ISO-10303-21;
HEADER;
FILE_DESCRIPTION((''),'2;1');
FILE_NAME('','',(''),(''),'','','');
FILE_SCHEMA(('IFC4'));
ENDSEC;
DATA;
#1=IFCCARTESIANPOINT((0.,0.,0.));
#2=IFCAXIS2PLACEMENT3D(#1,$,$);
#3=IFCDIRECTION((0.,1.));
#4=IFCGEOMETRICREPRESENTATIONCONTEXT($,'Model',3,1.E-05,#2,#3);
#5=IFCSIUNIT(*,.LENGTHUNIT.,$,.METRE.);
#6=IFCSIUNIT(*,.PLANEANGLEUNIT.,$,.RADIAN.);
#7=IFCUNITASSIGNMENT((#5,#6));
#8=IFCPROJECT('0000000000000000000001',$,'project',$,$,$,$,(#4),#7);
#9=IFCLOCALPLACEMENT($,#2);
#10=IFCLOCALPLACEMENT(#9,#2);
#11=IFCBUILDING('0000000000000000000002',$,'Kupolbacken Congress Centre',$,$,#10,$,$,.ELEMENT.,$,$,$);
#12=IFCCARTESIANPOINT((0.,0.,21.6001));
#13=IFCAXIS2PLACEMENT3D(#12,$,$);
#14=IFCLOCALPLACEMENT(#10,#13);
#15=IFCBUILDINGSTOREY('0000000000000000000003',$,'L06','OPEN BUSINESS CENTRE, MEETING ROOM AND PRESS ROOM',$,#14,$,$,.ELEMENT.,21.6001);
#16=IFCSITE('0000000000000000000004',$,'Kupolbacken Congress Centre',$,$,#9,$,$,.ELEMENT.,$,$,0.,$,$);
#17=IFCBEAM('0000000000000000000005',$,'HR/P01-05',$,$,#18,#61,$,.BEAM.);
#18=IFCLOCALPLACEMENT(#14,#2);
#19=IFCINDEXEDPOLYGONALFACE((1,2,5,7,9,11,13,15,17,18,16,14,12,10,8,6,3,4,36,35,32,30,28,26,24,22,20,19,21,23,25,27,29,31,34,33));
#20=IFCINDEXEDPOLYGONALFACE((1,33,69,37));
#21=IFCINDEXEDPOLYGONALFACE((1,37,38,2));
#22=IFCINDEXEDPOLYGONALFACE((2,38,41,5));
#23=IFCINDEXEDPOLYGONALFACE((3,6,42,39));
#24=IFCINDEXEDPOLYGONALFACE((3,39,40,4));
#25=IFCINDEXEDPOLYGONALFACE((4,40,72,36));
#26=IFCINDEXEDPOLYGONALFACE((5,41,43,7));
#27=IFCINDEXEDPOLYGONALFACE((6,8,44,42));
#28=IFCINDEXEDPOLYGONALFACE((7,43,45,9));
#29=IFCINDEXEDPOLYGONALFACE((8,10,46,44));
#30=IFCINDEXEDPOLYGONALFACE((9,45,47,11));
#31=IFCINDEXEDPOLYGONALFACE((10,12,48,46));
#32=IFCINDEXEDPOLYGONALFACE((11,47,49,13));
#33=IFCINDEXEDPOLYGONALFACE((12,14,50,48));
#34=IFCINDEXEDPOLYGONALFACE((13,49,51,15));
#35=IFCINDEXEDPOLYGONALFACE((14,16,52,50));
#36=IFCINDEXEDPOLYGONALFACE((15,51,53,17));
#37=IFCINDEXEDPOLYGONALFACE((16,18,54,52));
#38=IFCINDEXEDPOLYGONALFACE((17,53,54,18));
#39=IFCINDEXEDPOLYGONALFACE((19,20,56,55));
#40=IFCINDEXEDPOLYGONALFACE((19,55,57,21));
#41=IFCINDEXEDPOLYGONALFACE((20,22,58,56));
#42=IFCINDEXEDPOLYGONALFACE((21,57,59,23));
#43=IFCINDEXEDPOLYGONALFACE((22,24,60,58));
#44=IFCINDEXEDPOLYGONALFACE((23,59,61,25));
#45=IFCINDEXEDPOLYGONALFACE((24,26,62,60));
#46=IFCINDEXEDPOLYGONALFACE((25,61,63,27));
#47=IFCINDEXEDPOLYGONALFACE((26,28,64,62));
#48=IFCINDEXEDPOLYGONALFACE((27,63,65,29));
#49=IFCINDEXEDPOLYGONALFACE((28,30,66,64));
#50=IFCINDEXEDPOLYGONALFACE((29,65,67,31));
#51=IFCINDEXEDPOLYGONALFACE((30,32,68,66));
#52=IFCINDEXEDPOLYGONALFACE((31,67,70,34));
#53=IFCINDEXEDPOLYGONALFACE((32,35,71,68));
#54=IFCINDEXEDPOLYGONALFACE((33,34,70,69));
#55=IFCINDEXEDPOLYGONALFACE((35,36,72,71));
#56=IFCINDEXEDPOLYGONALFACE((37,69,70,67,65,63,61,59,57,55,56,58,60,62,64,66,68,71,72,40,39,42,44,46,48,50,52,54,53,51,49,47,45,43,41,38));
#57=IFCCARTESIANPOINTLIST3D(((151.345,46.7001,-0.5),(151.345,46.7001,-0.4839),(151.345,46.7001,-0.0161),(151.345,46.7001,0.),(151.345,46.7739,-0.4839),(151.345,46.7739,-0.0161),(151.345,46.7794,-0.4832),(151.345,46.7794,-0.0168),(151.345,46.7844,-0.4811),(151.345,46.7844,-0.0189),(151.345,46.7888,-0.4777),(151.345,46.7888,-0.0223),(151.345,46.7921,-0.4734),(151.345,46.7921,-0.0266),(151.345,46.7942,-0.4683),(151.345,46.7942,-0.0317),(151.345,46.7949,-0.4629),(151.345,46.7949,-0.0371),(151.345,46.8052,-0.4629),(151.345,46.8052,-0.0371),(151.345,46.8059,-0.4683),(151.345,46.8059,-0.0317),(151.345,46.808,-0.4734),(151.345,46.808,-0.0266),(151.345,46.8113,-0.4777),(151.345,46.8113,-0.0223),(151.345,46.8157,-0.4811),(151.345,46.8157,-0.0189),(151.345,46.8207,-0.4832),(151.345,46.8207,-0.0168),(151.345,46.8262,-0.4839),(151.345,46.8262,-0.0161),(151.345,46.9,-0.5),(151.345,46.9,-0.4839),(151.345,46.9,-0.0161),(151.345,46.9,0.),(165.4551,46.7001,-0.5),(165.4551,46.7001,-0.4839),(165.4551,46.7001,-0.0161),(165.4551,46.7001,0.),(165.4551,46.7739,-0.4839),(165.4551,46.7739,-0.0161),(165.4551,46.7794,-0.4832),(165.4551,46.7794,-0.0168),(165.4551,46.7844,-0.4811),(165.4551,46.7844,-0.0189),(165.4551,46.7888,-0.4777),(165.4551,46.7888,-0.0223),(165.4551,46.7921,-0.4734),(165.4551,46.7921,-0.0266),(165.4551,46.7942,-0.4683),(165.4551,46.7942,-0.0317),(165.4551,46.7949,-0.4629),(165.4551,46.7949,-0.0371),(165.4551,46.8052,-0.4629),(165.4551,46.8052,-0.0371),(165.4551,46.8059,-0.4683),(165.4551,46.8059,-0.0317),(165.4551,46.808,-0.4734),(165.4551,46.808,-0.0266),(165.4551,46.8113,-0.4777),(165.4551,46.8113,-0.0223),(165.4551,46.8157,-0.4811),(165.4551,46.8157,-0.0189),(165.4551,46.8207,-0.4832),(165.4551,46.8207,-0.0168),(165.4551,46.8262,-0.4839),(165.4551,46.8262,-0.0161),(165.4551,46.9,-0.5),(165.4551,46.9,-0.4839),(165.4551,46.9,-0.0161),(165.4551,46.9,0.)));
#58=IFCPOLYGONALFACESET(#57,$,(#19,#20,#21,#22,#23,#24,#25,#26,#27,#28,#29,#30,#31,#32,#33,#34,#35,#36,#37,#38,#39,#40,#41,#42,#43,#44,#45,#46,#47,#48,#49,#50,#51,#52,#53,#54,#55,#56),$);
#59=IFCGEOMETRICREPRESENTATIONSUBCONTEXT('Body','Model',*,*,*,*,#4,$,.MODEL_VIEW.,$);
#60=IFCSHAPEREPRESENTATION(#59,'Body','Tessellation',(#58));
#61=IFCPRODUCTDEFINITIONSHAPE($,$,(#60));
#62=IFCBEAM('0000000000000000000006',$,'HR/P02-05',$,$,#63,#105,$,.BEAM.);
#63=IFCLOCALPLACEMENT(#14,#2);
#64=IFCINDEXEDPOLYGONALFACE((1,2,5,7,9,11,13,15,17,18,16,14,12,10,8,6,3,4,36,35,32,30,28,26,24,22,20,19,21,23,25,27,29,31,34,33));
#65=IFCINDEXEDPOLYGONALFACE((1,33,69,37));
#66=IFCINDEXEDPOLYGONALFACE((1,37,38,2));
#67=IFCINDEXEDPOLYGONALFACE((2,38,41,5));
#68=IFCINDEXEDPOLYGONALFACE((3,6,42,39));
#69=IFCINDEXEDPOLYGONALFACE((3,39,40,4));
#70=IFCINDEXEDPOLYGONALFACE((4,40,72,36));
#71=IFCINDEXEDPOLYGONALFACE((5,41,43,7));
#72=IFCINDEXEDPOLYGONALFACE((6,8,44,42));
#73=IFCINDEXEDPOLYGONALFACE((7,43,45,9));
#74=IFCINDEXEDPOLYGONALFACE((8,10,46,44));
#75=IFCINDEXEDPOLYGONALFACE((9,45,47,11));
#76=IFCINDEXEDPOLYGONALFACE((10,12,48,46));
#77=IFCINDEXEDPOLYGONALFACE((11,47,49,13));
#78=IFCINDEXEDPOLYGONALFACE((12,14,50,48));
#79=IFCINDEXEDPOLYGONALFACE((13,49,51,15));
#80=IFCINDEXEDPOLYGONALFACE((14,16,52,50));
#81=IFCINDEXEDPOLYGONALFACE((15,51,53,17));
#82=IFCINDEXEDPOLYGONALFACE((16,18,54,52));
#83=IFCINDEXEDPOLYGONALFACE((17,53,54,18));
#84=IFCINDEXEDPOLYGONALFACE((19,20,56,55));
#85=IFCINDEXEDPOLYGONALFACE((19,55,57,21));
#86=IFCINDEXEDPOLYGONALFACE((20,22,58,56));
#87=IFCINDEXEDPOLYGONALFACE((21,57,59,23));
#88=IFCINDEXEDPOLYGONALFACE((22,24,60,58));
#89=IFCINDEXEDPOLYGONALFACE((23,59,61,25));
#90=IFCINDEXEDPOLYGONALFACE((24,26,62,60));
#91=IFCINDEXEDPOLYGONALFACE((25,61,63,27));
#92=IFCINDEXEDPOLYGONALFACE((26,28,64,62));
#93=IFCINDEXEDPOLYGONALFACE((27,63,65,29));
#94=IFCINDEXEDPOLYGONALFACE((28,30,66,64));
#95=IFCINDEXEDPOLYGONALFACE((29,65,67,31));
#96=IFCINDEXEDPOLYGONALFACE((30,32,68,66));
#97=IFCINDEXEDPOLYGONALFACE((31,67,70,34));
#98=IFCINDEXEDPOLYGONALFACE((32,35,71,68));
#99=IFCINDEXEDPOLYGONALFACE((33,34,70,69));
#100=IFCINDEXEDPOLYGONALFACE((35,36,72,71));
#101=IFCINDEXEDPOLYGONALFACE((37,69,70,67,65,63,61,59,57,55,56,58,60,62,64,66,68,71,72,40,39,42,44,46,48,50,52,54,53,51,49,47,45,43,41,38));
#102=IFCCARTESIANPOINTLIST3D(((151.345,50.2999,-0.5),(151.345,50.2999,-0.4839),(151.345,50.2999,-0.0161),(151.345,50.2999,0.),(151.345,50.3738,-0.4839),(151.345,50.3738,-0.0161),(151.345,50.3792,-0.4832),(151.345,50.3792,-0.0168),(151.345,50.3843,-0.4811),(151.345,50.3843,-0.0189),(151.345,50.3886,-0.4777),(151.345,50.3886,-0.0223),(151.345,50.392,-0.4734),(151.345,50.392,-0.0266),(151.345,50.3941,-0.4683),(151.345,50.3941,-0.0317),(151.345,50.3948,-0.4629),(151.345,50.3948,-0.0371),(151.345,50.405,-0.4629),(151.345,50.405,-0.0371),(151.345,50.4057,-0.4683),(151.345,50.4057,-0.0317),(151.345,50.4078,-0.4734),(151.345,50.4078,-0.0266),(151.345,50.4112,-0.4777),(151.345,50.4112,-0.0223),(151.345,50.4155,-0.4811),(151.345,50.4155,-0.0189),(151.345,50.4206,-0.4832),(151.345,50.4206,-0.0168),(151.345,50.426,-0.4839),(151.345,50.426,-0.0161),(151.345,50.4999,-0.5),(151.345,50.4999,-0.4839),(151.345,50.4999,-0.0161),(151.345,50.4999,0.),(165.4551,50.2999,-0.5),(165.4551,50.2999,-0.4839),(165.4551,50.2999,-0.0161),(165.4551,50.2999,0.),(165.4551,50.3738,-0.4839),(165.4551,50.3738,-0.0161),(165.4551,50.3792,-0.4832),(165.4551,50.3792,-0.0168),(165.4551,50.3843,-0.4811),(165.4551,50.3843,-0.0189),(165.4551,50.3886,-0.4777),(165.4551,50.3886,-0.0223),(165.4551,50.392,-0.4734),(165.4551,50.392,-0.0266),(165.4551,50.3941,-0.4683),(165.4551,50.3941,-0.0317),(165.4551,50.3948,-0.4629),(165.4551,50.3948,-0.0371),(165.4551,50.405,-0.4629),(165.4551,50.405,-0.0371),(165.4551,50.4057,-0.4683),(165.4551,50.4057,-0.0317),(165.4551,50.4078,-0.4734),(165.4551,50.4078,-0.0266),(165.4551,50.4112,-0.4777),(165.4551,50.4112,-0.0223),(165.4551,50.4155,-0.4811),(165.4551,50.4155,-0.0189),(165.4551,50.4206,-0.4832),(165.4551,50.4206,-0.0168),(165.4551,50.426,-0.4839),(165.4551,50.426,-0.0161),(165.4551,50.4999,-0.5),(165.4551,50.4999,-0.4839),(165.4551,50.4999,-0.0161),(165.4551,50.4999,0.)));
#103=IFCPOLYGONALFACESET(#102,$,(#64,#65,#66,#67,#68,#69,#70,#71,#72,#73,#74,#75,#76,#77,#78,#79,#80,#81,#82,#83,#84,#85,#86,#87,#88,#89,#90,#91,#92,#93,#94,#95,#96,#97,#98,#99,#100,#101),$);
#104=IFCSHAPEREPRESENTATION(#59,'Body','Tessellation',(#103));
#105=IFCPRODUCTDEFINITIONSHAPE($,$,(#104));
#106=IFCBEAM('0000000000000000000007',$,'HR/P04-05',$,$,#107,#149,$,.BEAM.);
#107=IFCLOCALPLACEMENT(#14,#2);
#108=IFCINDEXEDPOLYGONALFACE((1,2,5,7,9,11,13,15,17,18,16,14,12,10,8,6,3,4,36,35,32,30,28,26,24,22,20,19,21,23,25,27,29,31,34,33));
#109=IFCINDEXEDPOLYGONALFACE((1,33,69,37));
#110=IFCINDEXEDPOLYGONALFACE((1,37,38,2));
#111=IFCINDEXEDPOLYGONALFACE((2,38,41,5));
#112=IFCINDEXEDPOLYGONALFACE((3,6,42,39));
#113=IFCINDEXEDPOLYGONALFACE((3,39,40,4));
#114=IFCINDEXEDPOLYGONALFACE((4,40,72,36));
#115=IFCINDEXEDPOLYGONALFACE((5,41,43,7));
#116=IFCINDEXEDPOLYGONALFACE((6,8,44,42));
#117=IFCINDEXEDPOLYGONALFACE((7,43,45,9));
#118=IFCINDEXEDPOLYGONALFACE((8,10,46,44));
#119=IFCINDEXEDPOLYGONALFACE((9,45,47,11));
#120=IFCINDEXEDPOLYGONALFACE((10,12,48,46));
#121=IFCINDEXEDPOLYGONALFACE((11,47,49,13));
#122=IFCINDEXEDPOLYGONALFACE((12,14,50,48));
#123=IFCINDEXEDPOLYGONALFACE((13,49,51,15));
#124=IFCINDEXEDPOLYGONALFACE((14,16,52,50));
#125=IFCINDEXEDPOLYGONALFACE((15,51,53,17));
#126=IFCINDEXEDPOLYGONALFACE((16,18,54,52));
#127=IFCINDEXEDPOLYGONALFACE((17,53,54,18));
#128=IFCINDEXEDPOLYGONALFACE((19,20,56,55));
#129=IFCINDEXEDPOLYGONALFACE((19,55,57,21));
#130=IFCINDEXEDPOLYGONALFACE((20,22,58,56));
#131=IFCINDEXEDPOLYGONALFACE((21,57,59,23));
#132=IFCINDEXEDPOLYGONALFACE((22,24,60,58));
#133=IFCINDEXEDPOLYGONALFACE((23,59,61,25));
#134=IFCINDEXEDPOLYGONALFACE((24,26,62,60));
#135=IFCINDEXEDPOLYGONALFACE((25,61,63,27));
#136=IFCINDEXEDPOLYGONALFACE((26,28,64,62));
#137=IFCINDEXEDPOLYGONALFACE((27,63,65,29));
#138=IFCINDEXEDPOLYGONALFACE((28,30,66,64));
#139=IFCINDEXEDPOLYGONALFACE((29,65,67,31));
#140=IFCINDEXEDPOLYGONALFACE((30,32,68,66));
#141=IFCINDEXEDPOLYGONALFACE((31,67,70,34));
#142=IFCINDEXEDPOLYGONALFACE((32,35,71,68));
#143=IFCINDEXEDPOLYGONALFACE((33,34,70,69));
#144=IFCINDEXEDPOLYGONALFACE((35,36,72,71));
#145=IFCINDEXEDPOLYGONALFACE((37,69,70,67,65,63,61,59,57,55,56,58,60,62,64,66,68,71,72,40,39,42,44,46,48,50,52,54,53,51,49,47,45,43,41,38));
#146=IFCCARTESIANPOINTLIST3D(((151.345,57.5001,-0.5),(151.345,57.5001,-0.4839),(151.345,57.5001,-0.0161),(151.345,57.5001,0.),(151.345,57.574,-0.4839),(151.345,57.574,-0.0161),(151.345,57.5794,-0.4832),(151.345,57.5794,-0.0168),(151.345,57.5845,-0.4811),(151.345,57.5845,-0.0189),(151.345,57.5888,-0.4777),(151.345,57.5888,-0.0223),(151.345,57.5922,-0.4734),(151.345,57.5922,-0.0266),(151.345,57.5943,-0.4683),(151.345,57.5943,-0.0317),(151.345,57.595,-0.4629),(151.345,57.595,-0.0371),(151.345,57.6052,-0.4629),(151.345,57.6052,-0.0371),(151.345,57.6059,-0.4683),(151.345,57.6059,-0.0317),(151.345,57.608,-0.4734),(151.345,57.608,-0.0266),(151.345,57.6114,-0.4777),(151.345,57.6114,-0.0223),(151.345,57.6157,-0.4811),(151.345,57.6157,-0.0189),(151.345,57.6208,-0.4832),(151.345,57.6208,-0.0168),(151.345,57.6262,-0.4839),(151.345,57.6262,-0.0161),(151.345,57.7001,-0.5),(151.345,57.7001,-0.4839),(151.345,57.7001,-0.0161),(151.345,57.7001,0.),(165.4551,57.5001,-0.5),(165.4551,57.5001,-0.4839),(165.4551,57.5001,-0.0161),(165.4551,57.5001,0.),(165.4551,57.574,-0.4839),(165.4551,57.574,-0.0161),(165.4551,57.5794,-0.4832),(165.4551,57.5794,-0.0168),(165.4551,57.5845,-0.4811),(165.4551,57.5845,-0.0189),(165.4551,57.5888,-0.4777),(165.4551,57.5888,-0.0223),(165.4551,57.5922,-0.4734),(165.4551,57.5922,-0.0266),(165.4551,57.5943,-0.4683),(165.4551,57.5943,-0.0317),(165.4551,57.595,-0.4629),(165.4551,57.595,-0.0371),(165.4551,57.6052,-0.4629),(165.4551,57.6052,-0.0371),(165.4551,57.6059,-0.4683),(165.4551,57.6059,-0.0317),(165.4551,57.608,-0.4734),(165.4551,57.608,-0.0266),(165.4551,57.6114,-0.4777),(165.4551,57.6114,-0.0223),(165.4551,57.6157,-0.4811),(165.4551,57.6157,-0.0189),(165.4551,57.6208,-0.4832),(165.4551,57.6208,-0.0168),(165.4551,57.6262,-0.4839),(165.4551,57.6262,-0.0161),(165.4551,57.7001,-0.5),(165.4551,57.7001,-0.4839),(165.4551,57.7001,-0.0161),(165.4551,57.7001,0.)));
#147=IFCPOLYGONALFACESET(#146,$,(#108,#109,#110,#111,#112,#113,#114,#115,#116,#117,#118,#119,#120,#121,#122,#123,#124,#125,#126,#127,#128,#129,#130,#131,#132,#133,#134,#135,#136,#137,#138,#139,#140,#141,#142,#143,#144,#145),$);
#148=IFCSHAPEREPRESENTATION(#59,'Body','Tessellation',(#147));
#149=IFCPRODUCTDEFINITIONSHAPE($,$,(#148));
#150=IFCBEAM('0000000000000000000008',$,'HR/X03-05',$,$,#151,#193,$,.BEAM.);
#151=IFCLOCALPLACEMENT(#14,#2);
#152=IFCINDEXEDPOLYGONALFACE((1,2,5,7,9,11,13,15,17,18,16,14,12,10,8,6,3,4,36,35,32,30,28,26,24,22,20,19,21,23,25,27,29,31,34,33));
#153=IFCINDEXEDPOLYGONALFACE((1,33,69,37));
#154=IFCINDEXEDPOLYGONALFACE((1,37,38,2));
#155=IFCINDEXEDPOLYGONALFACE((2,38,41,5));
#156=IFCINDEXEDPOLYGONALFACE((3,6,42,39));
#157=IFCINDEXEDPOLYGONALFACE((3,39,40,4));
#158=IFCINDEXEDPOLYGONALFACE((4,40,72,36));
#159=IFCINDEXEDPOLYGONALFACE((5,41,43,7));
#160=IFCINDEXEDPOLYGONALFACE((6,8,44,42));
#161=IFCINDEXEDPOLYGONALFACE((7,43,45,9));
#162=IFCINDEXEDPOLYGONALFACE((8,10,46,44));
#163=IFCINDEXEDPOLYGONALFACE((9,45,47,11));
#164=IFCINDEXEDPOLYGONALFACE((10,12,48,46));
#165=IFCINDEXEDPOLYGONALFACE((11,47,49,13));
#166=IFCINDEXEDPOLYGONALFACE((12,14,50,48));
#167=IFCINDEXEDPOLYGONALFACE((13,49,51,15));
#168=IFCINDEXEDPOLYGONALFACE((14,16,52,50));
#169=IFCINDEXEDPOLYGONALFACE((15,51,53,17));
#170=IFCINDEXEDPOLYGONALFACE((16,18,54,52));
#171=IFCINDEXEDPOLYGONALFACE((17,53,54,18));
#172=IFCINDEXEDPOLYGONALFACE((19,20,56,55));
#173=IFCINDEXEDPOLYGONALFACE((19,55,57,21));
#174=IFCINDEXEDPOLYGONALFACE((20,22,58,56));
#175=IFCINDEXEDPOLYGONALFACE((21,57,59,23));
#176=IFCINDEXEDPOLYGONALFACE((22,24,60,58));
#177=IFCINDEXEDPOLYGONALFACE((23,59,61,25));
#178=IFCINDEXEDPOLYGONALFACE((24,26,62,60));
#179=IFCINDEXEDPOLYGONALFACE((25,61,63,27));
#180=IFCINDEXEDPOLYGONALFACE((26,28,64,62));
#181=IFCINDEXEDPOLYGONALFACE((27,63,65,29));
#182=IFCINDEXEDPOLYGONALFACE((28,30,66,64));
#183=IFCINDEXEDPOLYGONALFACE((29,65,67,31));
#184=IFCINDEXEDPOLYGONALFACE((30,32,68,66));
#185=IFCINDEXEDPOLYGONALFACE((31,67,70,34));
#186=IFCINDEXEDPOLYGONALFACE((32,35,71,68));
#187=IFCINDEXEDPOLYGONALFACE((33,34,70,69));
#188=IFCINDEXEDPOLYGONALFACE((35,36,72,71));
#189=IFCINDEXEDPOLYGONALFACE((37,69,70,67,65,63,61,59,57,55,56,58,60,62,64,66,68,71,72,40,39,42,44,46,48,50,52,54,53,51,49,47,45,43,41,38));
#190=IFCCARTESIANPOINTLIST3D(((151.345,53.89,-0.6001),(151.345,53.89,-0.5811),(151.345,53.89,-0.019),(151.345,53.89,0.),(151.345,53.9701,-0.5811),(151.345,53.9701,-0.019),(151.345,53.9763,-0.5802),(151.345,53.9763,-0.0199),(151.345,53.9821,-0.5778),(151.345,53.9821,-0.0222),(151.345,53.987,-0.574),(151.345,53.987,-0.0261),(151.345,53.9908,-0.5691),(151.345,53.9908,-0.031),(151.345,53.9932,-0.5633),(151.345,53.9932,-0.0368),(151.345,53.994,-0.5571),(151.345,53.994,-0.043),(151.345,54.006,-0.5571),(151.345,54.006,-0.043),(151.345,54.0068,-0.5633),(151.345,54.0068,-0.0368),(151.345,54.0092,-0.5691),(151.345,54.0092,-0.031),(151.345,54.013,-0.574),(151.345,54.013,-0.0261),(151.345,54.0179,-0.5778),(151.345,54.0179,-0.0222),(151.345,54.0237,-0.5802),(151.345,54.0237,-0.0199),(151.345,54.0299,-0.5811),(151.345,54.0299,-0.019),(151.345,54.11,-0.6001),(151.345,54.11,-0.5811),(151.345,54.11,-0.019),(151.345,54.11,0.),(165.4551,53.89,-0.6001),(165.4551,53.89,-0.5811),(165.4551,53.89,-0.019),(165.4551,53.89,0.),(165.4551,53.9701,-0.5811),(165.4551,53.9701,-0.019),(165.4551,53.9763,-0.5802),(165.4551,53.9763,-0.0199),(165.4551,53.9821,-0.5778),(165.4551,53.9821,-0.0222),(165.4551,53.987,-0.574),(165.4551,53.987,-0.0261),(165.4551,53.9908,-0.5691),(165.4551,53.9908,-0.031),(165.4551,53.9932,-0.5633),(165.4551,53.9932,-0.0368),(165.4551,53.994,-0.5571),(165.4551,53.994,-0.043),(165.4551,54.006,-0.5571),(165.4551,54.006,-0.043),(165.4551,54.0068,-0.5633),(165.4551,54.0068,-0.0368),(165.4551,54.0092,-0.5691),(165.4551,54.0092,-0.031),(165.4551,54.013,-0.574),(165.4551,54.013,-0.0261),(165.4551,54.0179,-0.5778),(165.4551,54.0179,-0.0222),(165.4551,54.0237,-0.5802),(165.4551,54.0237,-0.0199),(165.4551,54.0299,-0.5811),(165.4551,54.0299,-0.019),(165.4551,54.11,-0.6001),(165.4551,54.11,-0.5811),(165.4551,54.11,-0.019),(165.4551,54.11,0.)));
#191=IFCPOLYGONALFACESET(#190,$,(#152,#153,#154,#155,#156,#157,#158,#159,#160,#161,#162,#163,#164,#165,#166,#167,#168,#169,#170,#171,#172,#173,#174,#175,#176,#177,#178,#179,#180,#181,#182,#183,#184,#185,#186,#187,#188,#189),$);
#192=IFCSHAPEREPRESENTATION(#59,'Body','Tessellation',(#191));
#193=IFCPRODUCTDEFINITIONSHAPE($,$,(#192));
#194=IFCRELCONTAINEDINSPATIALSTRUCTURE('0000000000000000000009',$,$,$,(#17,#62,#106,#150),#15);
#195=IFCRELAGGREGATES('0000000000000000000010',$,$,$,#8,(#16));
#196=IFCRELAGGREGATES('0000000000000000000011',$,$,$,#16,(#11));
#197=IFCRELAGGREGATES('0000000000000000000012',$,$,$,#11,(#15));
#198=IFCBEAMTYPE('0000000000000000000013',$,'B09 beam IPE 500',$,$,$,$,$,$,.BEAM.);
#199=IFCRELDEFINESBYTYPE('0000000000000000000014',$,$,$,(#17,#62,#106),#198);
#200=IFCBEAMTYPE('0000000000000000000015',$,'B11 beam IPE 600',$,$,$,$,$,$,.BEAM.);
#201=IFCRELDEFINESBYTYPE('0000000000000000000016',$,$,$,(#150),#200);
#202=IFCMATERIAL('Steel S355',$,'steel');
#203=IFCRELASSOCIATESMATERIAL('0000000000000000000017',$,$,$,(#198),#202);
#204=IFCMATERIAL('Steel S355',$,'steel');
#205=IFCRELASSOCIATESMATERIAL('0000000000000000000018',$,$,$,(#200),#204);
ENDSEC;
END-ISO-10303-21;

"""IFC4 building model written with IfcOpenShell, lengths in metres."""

from ifc_helpers import new_model, si_unit, direction, frame, origin, origin_2d, place, context, subcontext, project, spatial, i_section, extrude, material, material_profile, profile_set, type_object, element, save


model = new_model("IFC4")

# Units and contexts
model_context = context("Model", 3, precision=1e-05, world=origin(), true_north=direction((0.0, 1.0)))
body_context = subcontext(model_context, "Body", "Model", "MODEL_VIEW")
ifc_project = project(units=[si_unit("LENGTHUNIT", "METRE"), si_unit("PLANEANGLEUNIT", "RADIAN")], contexts=[model_context])

# Site, building, storey
site_placement = place(None, origin())
site = spatial("IfcSite", under=ifc_project, at=site_placement, Name="Kupolbacken Congress Centre", CompositionType="ELEMENT", RefElevation=0.0)
building_placement = place(site_placement, origin())
building = spatial("IfcBuilding", under=site, at=building_placement, Name="Kupolbacken Congress Centre", CompositionType="ELEMENT")
storey_placement = place(building_placement, frame((0.0, 0.0, 21.6001)))
storey = spatial("IfcBuildingStorey", under=building, at=storey_placement, Name="L06", Description="OPEN BUSINESS CENTRE, MEETING ROOM AND PRESS ROOM", CompositionType="ELEMENT", Elevation=21.6001)

# Beams
ifc_material_1 = material(Name="Steel S355", Category="steel")
ifc_material_profile_1 = material_profile(ifc_material_1, i_section(OverallWidth=0.2, OverallDepth=0.5, WebThickness=0.0103, FlangeThickness=0.0161, FilletRadius=0.021, at=origin_2d()), Name="IPE 500")
ifc_profile_set_1 = profile_set([ifc_material_profile_1], Name="Steel S355")
beam_type_1 = type_object("IfcBeamType", Name="B09 beam IPE 500", PredefinedType="BEAM", material=ifc_profile_set_1)
for number, where, z_axis, x_axis, name in (
    (1, (151.345, 46.8, -0.25), (1.0, 0.0, 0.0), (0.0, 1.0, 0.0), "HR/P01-05"),
    (2, (151.345, 50.3999, -0.25), (1.0, 0.0, 0.0), (0.0, 1.0, 0.0), "HR/P02-05"),
    (3, (151.345, 57.6001, -0.25), (1.0, 0.0, 0.0), (0.0, 1.0, 0.0), "HR/P04-05"),
):
    element("IfcBeam", number, at=place(storey_placement, frame(where, z_axis=z_axis, x_axis=x_axis)), inside=storey, type_object=beam_type_1, Name=name, PredefinedType="BEAM", context=body_context, shape_type="SweptSolid", body=[
        extrude(i_section(OverallWidth=0.2, OverallDepth=0.5, WebThickness=0.0103, FlangeThickness=0.0161, FilletRadius=0.021, at=origin_2d()), origin(), (0.0, 0.0, 1.0), 14.1101),
    ])
ifc_material_2 = material(Name="Steel S355", Category="steel")
ifc_material_profile_2 = material_profile(ifc_material_2, i_section(OverallWidth=0.22, OverallDepth=0.6001, WebThickness=0.012, FlangeThickness=0.019, FilletRadius=0.0239, at=origin_2d()), Name="IPE 600")
ifc_profile_set_2 = profile_set([ifc_material_profile_2], Name="Steel S355")
beam_type_2 = type_object("IfcBeamType", Name="B11 beam IPE 600", PredefinedType="BEAM", material=ifc_profile_set_2)
for number, where, z_axis, x_axis, name in (
    (4, (151.345, 54.0, -0.3), (1.0, 0.0, 0.0), (0.0, 1.0, 0.0), "HR/X03-05"),
):
    element("IfcBeam", number, at=place(storey_placement, frame(where, z_axis=z_axis, x_axis=x_axis)), inside=storey, type_object=beam_type_2, Name=name, PredefinedType="BEAM", context=body_context, shape_type="SweptSolid", body=[
        extrude(i_section(OverallWidth=0.22, OverallDepth=0.6001, WebThickness=0.012, FlangeThickness=0.019, FilletRadius=0.0239, at=origin_2d()), origin(), (0.0, 0.0, 1.0), 14.1101),
    ])

save(model, "model.ifc")
